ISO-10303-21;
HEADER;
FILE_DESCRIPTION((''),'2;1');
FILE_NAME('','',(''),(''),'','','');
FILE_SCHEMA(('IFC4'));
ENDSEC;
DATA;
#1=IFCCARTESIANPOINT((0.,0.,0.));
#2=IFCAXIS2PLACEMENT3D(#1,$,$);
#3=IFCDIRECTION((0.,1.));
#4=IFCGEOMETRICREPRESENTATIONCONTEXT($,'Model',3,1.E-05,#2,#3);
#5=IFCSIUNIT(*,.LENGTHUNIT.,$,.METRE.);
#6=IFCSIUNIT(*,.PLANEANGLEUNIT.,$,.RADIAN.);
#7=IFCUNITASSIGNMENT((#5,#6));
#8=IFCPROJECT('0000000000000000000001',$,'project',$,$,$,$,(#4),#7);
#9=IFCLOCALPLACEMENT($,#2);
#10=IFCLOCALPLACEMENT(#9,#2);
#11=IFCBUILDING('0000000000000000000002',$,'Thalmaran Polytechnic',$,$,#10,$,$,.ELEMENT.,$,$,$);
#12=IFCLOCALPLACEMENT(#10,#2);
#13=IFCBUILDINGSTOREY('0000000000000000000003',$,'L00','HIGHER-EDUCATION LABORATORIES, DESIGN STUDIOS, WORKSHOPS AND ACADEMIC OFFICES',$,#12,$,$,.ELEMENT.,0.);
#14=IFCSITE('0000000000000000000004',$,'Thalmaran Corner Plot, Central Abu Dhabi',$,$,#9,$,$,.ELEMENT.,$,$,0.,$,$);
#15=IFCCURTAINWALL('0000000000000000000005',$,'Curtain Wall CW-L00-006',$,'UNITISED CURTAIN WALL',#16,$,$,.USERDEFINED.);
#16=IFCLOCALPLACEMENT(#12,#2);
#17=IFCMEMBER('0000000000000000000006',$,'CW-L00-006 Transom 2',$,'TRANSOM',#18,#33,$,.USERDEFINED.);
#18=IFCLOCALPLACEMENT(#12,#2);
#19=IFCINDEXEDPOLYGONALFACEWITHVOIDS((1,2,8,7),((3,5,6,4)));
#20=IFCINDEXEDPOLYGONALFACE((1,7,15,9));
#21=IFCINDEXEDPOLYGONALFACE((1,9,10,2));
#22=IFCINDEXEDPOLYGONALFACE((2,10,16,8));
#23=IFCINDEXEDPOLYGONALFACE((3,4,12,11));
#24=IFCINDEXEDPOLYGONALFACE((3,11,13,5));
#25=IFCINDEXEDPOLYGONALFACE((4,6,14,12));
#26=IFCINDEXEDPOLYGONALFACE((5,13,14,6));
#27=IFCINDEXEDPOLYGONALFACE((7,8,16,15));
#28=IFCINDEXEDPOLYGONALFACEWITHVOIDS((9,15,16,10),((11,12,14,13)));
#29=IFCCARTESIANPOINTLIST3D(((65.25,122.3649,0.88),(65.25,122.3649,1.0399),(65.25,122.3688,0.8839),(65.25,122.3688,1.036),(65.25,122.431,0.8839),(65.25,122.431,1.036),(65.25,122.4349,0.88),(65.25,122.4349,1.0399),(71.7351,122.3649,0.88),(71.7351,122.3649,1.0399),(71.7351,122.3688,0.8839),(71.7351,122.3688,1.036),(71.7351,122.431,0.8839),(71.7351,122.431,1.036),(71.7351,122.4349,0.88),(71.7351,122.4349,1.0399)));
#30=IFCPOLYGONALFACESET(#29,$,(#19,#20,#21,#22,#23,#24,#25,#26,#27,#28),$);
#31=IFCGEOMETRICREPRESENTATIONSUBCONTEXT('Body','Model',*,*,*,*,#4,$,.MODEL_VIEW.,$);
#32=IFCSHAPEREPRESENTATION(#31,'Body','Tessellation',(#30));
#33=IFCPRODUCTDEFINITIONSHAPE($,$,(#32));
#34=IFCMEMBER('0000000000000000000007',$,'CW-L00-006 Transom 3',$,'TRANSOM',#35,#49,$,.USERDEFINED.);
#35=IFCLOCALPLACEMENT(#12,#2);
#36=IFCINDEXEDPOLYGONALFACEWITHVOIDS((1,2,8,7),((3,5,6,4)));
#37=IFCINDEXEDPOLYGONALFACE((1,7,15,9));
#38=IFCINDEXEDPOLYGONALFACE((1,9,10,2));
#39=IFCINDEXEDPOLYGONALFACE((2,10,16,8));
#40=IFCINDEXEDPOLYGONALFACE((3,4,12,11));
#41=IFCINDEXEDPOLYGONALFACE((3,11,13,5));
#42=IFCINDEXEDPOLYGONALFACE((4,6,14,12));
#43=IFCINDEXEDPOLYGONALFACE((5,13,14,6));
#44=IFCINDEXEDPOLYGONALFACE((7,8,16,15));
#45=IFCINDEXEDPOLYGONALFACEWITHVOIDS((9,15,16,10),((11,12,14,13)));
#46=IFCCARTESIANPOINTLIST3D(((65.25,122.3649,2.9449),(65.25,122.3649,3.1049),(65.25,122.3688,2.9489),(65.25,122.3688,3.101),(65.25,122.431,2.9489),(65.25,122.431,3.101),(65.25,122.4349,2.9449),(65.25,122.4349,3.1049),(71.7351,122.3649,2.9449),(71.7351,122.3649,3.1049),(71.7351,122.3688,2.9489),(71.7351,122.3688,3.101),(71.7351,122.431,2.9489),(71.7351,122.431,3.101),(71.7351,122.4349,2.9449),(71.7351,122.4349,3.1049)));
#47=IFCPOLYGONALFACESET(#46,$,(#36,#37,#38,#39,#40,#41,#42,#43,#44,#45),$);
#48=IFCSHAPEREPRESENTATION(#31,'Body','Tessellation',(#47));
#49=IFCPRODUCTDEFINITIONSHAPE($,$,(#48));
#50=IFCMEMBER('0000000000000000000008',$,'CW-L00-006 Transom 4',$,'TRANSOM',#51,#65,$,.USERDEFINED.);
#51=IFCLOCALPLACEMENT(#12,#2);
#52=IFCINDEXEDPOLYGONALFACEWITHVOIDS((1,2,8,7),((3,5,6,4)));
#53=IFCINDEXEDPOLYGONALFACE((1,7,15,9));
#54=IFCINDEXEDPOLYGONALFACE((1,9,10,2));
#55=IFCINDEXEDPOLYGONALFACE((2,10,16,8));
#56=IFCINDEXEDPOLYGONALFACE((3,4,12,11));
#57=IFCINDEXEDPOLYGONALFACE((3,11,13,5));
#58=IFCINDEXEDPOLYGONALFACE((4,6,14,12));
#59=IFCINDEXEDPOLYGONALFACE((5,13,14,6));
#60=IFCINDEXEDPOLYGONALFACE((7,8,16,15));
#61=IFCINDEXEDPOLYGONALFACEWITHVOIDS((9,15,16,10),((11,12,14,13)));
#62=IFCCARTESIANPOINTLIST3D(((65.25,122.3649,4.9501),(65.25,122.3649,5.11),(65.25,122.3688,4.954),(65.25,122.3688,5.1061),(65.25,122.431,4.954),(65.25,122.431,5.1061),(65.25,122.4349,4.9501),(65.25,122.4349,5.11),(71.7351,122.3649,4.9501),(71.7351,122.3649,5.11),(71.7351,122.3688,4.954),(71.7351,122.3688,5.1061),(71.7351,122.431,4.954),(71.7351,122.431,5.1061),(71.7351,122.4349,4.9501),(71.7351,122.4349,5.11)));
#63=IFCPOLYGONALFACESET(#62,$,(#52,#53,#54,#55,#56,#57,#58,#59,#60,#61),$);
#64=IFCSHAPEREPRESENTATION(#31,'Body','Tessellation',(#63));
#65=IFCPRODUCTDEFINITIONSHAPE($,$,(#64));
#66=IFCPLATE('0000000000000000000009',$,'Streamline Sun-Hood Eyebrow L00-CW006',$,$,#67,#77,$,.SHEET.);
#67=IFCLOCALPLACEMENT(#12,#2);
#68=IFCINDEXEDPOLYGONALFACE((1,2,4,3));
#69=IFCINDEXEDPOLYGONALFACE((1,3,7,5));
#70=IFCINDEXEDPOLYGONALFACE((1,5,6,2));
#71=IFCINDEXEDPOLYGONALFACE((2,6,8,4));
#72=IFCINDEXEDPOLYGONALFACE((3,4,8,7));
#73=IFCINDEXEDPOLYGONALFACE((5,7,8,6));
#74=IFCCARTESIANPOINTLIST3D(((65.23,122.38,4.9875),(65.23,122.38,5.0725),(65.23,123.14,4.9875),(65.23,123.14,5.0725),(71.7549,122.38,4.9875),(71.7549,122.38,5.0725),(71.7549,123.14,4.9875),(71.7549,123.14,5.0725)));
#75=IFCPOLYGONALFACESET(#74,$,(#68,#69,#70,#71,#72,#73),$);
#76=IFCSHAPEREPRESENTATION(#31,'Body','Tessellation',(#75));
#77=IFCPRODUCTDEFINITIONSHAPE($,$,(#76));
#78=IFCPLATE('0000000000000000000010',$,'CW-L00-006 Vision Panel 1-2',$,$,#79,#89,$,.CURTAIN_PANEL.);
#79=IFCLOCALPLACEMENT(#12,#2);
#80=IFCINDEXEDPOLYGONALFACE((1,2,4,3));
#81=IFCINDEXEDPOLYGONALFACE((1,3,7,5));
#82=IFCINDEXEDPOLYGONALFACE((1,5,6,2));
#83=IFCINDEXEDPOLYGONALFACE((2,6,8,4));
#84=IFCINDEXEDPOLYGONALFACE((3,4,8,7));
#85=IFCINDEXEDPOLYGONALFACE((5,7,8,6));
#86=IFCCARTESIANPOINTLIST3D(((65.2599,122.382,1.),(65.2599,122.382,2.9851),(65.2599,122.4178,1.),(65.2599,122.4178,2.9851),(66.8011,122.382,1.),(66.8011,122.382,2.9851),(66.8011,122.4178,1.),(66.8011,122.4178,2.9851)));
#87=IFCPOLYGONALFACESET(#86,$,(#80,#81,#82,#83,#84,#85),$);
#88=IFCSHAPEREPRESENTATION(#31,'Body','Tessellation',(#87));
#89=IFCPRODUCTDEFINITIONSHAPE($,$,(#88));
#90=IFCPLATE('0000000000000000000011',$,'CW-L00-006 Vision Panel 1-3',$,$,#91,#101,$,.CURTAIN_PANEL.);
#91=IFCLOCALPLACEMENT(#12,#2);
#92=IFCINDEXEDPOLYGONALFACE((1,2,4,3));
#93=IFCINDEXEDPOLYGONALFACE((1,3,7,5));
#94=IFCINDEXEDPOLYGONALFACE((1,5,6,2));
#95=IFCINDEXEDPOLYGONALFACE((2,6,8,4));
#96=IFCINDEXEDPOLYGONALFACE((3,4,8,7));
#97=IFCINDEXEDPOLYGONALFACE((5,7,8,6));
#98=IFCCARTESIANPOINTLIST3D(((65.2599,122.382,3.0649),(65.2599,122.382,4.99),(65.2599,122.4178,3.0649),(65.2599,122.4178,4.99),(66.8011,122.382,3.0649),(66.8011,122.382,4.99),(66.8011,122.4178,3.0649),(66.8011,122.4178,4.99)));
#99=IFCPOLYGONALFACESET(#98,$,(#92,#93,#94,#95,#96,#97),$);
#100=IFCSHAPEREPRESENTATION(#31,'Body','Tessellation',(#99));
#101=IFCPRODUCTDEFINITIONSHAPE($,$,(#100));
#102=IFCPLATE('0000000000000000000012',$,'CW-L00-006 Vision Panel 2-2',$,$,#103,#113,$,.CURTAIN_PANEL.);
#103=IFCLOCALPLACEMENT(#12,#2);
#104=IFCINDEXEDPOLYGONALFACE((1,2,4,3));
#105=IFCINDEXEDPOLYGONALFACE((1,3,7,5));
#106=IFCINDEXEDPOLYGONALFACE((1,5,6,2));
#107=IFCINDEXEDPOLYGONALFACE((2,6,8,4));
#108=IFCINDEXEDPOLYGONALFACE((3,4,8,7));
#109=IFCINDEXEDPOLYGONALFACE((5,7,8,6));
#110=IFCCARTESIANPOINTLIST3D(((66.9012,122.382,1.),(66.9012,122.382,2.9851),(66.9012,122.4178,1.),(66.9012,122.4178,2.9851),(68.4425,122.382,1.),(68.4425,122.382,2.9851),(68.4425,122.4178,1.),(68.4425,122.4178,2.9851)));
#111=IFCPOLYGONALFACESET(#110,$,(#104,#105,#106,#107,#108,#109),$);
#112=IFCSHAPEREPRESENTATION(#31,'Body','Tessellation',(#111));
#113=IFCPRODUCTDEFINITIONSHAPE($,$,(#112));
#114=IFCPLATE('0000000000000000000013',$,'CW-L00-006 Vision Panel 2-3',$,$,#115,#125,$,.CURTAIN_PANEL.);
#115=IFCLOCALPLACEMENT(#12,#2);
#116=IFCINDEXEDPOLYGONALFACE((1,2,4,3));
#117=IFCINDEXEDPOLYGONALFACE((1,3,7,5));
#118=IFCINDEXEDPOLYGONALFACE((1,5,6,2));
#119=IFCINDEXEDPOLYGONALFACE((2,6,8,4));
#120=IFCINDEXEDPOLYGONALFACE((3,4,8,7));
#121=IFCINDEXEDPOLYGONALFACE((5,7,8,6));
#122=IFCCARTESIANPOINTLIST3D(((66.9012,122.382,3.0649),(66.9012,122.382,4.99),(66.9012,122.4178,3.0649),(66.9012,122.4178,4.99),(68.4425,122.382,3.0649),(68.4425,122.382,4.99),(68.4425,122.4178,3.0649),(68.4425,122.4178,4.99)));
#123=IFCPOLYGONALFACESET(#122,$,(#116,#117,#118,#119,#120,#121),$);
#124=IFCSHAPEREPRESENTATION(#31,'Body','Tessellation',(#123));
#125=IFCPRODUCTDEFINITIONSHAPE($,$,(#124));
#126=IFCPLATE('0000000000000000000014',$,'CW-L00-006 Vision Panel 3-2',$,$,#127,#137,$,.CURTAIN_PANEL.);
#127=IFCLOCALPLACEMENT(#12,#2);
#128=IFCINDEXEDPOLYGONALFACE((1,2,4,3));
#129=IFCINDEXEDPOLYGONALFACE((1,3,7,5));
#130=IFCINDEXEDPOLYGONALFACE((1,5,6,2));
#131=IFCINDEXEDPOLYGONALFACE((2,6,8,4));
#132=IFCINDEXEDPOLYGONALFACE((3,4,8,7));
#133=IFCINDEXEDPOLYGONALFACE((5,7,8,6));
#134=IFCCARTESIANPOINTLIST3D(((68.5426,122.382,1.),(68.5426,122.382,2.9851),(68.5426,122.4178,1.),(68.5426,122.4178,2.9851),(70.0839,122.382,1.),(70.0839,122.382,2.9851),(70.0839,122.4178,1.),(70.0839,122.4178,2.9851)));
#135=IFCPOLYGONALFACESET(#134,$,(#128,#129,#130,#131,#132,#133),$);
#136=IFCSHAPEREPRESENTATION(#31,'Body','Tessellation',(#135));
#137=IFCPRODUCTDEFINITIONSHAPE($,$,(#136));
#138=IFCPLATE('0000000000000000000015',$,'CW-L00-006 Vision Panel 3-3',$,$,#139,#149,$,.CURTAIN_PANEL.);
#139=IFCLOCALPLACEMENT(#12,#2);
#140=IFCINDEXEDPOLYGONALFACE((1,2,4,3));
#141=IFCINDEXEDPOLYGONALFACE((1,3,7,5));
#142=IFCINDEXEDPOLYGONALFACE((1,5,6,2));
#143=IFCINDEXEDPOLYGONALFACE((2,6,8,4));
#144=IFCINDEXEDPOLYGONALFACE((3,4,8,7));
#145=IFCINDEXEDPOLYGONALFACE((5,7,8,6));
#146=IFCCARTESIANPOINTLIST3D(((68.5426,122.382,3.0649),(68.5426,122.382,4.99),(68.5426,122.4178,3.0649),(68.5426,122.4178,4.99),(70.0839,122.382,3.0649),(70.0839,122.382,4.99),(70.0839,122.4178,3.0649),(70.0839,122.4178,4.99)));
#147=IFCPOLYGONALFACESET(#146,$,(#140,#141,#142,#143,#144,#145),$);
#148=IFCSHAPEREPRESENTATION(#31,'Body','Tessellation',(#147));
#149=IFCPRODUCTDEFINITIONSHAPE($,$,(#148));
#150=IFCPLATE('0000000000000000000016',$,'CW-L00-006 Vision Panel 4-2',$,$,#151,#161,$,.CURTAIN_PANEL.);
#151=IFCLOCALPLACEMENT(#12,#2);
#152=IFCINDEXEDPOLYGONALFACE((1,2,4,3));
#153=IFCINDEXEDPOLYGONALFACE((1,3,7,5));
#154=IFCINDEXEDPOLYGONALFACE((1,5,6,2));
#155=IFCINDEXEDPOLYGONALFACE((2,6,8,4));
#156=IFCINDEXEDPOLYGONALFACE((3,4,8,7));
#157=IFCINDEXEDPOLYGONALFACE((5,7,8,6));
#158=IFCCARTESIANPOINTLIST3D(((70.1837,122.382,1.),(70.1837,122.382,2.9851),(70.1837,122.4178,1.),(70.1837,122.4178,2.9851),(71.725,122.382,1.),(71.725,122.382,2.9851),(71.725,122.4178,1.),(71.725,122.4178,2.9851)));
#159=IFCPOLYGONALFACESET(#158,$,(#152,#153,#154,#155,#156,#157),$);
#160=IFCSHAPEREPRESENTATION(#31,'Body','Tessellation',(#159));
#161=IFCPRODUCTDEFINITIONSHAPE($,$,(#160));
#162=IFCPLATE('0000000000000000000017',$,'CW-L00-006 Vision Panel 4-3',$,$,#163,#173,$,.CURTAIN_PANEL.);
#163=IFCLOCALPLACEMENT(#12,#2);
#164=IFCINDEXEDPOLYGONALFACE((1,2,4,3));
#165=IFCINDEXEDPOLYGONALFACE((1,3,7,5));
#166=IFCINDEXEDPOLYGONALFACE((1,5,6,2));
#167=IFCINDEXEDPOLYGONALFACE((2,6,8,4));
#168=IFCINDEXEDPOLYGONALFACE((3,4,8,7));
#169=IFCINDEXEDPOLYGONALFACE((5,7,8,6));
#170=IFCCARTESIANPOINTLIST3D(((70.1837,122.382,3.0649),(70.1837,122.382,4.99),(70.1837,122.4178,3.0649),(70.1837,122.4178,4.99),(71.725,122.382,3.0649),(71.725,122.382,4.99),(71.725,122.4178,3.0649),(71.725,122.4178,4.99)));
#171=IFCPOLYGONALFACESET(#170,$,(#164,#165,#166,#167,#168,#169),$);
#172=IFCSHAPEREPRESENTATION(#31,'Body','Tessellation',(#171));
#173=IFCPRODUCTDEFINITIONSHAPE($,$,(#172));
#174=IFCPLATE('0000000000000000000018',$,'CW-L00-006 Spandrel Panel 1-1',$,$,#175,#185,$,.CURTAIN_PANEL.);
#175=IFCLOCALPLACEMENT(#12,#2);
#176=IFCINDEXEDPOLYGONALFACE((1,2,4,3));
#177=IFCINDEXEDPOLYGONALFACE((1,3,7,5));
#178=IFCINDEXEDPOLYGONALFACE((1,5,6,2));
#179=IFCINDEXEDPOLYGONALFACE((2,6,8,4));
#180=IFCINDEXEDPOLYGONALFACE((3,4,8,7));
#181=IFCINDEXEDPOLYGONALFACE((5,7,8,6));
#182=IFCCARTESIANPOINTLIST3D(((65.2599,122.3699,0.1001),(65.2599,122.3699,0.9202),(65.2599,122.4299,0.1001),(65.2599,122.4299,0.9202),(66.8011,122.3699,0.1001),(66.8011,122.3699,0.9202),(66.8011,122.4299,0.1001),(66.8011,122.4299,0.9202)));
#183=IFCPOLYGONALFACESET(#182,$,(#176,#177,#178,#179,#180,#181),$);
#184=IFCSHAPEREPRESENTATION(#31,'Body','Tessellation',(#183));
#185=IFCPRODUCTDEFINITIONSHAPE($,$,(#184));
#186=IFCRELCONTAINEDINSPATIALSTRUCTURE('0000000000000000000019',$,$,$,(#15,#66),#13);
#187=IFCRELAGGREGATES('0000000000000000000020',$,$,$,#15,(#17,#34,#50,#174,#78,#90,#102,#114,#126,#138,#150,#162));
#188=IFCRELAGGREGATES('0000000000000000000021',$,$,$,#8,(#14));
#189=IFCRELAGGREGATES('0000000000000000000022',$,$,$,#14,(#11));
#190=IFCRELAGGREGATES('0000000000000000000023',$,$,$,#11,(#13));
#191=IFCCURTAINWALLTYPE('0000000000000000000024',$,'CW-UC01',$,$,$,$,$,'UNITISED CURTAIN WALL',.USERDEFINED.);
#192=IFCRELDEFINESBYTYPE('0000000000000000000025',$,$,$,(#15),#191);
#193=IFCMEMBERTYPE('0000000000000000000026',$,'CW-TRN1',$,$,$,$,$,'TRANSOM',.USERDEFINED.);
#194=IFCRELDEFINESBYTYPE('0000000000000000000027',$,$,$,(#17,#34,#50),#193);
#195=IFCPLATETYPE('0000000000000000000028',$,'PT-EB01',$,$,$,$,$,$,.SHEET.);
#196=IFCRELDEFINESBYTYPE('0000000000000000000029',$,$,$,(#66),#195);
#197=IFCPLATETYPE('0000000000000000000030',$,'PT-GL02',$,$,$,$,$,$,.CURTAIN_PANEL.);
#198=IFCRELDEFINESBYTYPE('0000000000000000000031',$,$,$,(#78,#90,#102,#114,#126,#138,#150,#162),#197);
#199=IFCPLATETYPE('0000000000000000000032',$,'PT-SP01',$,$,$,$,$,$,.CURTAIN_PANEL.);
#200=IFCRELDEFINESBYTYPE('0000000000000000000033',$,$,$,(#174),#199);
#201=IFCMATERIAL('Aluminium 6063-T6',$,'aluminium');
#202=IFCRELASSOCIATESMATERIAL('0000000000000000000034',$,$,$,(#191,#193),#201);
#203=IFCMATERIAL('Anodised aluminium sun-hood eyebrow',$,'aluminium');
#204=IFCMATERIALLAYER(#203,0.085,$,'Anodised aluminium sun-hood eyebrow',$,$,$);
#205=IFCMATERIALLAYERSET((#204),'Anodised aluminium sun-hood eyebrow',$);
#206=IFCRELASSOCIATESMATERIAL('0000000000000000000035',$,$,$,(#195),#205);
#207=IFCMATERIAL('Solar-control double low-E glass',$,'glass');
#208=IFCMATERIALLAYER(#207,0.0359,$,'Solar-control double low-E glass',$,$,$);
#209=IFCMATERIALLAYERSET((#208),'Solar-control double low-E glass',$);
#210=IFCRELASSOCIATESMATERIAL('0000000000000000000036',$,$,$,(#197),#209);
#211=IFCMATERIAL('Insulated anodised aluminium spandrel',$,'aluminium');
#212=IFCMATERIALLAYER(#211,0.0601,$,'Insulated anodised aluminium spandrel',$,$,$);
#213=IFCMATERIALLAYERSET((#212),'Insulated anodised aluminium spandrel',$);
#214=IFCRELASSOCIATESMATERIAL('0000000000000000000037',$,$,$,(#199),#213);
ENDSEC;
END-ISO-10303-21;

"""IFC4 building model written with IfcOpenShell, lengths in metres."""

from ifc_helpers import new_model, si_unit, direction, frame, origin, origin_2d, place, context, subcontext, project, spatial, rectangle, hollow_rectangle, extrude, material, layer, layer_set, material_profile, profile_set, type_object, element, aggregate, save


model = new_model("IFC4")

# Units and contexts
model_context = context("Model", 3, precision=1e-05, world=origin(), true_north=direction((0.0, 1.0)))
body_context = subcontext(model_context, "Body", "Model", "MODEL_VIEW")
ifc_project = project(units=[si_unit("LENGTHUNIT", "METRE"), si_unit("PLANEANGLEUNIT", "RADIAN")], contexts=[model_context])

# Site, building, storey
site_placement = place(None, origin())
site = spatial("IfcSite", under=ifc_project, at=site_placement, Name="Thalmaran Corner Plot, Central Abu Dhabi", CompositionType="ELEMENT", RefElevation=0.0)
building_placement = place(site_placement, origin())
building = spatial("IfcBuilding", under=site, at=building_placement, Name="Thalmaran Polytechnic", CompositionType="ELEMENT")
storey_placement = place(building_placement, origin())
storey = spatial("IfcBuildingStorey", under=building, at=storey_placement, Name="L00", Description="HIGHER-EDUCATION LABORATORIES, DESIGN STUDIOS, WORKSHOPS AND ACADEMIC OFFICES", CompositionType="ELEMENT", Elevation=0.0)

# Curtain wall, members
ifc_material_1 = material(Name="Aluminium 6063-T6", Category="aluminium")
curtain_wall_type = type_object("IfcCurtainWallType", Name="CW-UC01", ElementType="UNITISED CURTAIN WALL", PredefinedType="USERDEFINED", material=ifc_material_1)
curtain_wall_placement = place(storey_placement, origin())
curtain_wall = element("IfcCurtainWall", 1, at=curtain_wall_placement, inside=storey, type_object=curtain_wall_type, Name="Curtain Wall CW-L00-006", ObjectType="UNITISED CURTAIN WALL", PredefinedType="USERDEFINED")
ifc_material_profile_1 = material_profile(ifc_material_1, hollow_rectangle(XDim=0.0701, YDim=0.1599, WallThickness=0.0039, at=origin_2d()), Name="AL 160x70x4.0")
ifc_profile_set_1 = profile_set([ifc_material_profile_1], Name="Aluminium 6063-T6")
member_type_1 = type_object("IfcMemberType", Name="CW-TRN1", ElementType="TRANSOM", PredefinedType="USERDEFINED", material=ifc_profile_set_1)
member_1_placement = place(storey_placement, frame((65.25, 122.3999, 0.96), z_axis=(1.0, 0.0, 0.0), x_axis=(0.0, 1.0, 0.0)))
member_1 = element("IfcMember", 2, at=member_1_placement, type_object=member_type_1, Name="CW-L00-006 Transom 2", ObjectType="TRANSOM", PredefinedType="USERDEFINED", context=body_context, shape_type="SweptSolid", body=[
    extrude(hollow_rectangle(XDim=0.0701, YDim=0.1599, WallThickness=0.0039, at=origin_2d()), origin(), (0.0, 0.0, 1.0), 6.4851),
])
member_2_placement = place(storey_placement, frame((65.25, 122.3999, 3.0249), z_axis=(1.0, 0.0, 0.0), x_axis=(0.0, 1.0, 0.0)))
member_2 = element("IfcMember", 3, at=member_2_placement, type_object=member_type_1, Name="CW-L00-006 Transom 3", ObjectType="TRANSOM", PredefinedType="USERDEFINED", context=body_context, shape_type="SweptSolid", body=[
    extrude(hollow_rectangle(XDim=0.0701, YDim=0.1599, WallThickness=0.0039, at=origin_2d()), origin(), (0.0, 0.0, 1.0), 6.4851),
])
member_3_placement = place(storey_placement, frame((65.25, 122.3999, 5.03), z_axis=(1.0, 0.0, 0.0), x_axis=(0.0, 1.0, 0.0)))
member_3 = element("IfcMember", 4, at=member_3_placement, type_object=member_type_1, Name="CW-L00-006 Transom 4", ObjectType="TRANSOM", PredefinedType="USERDEFINED", context=body_context, shape_type="SweptSolid", body=[
    extrude(hollow_rectangle(XDim=0.0701, YDim=0.1599, WallThickness=0.0039, at=origin_2d()), origin(), (0.0, 0.0, 1.0), 6.4851),
])

# Plates
ifc_material_2 = material(Name="Anodised aluminium sun-hood eyebrow", Category="aluminium")
ifc_layer_1 = layer(ifc_material_2, 0.085, Name="Anodised aluminium sun-hood eyebrow")
ifc_layer_set_1 = layer_set([ifc_layer_1], Name="Anodised aluminium sun-hood eyebrow")
plate_type_1 = type_object("IfcPlateType", Name="PT-EB01", PredefinedType="SHEET", material=ifc_layer_set_1)
plate_1_placement = place(storey_placement, frame((68.4924, 122.76, 4.9875), z_axis=(0.0, 0.0, 1.0), x_axis=(1.0, 0.0, 0.0)))
element("IfcPlate", 5, at=plate_1_placement, inside=storey, type_object=plate_type_1, Name="Streamline Sun-Hood Eyebrow L00-CW006", PredefinedType="SHEET", context=body_context, shape_type="SweptSolid", body=[
    extrude(rectangle(XDim=6.5249, YDim=0.76, at=origin_2d()), origin(), (0.0, 0.0, 1.0), 0.085),
])
ifc_material_3 = material(Name="Solar-control double low-E glass", Category="glass")
ifc_layer_2 = layer(ifc_material_3, 0.0359, Name="Solar-control double low-E glass")
ifc_layer_set_2 = layer_set([ifc_layer_2], Name="Solar-control double low-E glass")
plate_type_2 = type_object("IfcPlateType", Name="PT-GL02", PredefinedType="CURTAIN_PANEL", material=ifc_layer_set_2)
plate_2_placement = place(storey_placement, frame((66.0305, 122.3999, 1.0), z_axis=(0.0, 0.0, 1.0), x_axis=(1.0, 0.0, 0.0)))
plate_2 = element("IfcPlate", 6, at=plate_2_placement, type_object=plate_type_2, Name="CW-L00-006 Vision Panel 1-2", PredefinedType="CURTAIN_PANEL", context=body_context, shape_type="SweptSolid", body=[
    extrude(rectangle(XDim=1.5413, YDim=0.0359, at=origin_2d()), origin(), (0.0, 0.0, 1.0), 1.9851),
])
plate_3_placement = place(storey_placement, frame((66.0305, 122.3999, 3.0649), z_axis=(0.0, 0.0, 1.0), x_axis=(1.0, 0.0, 0.0)))
plate_3 = element("IfcPlate", 7, at=plate_3_placement, type_object=plate_type_2, Name="CW-L00-006 Vision Panel 1-3", PredefinedType="CURTAIN_PANEL", context=body_context, shape_type="SweptSolid", body=[
    extrude(rectangle(XDim=1.5413, YDim=0.0359, at=origin_2d()), origin(), (0.0, 0.0, 1.0), 1.925),
])
plate_4_placement = place(storey_placement, frame((67.6719, 122.3999, 1.0), z_axis=(0.0, 0.0, 1.0), x_axis=(1.0, 0.0, 0.0)))
plate_4 = element("IfcPlate", 8, at=plate_4_placement, type_object=plate_type_2, Name="CW-L00-006 Vision Panel 2-2", PredefinedType="CURTAIN_PANEL", context=body_context, shape_type="SweptSolid", body=[
    extrude(rectangle(XDim=1.5413, YDim=0.0359, at=origin_2d()), origin(), (0.0, 0.0, 1.0), 1.9851),
])
plate_5_placement = place(storey_placement, frame((67.6719, 122.3999, 3.0649), z_axis=(0.0, 0.0, 1.0), x_axis=(1.0, 0.0, 0.0)))
plate_5 = element("IfcPlate", 9, at=plate_5_placement, type_object=plate_type_2, Name="CW-L00-006 Vision Panel 2-3", PredefinedType="CURTAIN_PANEL", context=body_context, shape_type="SweptSolid", body=[
    extrude(rectangle(XDim=1.5413, YDim=0.0359, at=origin_2d()), origin(), (0.0, 0.0, 1.0), 1.925),
])
plate_6_placement = place(storey_placement, frame((69.3132, 122.3999, 1.0), z_axis=(0.0, 0.0, 1.0), x_axis=(1.0, 0.0, 0.0)))
plate_6 = element("IfcPlate", 10, at=plate_6_placement, type_object=plate_type_2, Name="CW-L00-006 Vision Panel 3-2", PredefinedType="CURTAIN_PANEL", context=body_context, shape_type="SweptSolid", body=[
    extrude(rectangle(XDim=1.5413, YDim=0.0359, at=origin_2d()), origin(), (0.0, 0.0, 1.0), 1.9851),
])
plate_7_placement = place(storey_placement, frame((69.3132, 122.3999, 3.0649), z_axis=(0.0, 0.0, 1.0), x_axis=(1.0, 0.0, 0.0)))
plate_7 = element("IfcPlate", 11, at=plate_7_placement, type_object=plate_type_2, Name="CW-L00-006 Vision Panel 3-3", PredefinedType="CURTAIN_PANEL", context=body_context, shape_type="SweptSolid", body=[
    extrude(rectangle(XDim=1.5413, YDim=0.0359, at=origin_2d()), origin(), (0.0, 0.0, 1.0), 1.925),
])
plate_8_placement = place(storey_placement, frame((70.9543, 122.3999, 1.0), z_axis=(0.0, 0.0, 1.0), x_axis=(1.0, 0.0, 0.0)))
plate_8 = element("IfcPlate", 12, at=plate_8_placement, type_object=plate_type_2, Name="CW-L00-006 Vision Panel 4-2", PredefinedType="CURTAIN_PANEL", context=body_context, shape_type="SweptSolid", body=[
    extrude(rectangle(XDim=1.5413, YDim=0.0359, at=origin_2d()), origin(), (0.0, 0.0, 1.0), 1.9851),
])
plate_9_placement = place(storey_placement, frame((70.9543, 122.3999, 3.0649), z_axis=(0.0, 0.0, 1.0), x_axis=(1.0, 0.0, 0.0)))
plate_9 = element("IfcPlate", 13, at=plate_9_placement, type_object=plate_type_2, Name="CW-L00-006 Vision Panel 4-3", PredefinedType="CURTAIN_PANEL", context=body_context, shape_type="SweptSolid", body=[
    extrude(rectangle(XDim=1.5413, YDim=0.0359, at=origin_2d()), origin(), (0.0, 0.0, 1.0), 1.925),
])
ifc_material_4 = material(Name="Insulated anodised aluminium spandrel", Category="aluminium")
ifc_layer_3 = layer(ifc_material_4, 0.0601, Name="Insulated anodised aluminium spandrel")
ifc_layer_set_3 = layer_set([ifc_layer_3], Name="Insulated anodised aluminium spandrel")
plate_type_3 = type_object("IfcPlateType", Name="PT-SP01", PredefinedType="CURTAIN_PANEL", material=ifc_layer_set_3)
plate_10_placement = place(storey_placement, frame((66.0305, 122.3999, 0.1001), z_axis=(0.0, 0.0, 1.0), x_axis=(1.0, 0.0, 0.0)))
plate_10 = element("IfcPlate", 14, at=plate_10_placement, type_object=plate_type_3, Name="CW-L00-006 Spandrel Panel 1-1", PredefinedType="CURTAIN_PANEL", context=body_context, shape_type="SweptSolid", body=[
    extrude(rectangle(XDim=1.5413, YDim=0.0601, at=origin_2d()), origin(), (0.0, 0.0, 1.0), 0.8201),
])
aggregate(curtain_wall, [member_1, member_2, member_3, plate_10, plate_2, plate_3, plate_4, plate_5, plate_6, plate_7, plate_8, plate_9])

save(model, "model.ifc")
